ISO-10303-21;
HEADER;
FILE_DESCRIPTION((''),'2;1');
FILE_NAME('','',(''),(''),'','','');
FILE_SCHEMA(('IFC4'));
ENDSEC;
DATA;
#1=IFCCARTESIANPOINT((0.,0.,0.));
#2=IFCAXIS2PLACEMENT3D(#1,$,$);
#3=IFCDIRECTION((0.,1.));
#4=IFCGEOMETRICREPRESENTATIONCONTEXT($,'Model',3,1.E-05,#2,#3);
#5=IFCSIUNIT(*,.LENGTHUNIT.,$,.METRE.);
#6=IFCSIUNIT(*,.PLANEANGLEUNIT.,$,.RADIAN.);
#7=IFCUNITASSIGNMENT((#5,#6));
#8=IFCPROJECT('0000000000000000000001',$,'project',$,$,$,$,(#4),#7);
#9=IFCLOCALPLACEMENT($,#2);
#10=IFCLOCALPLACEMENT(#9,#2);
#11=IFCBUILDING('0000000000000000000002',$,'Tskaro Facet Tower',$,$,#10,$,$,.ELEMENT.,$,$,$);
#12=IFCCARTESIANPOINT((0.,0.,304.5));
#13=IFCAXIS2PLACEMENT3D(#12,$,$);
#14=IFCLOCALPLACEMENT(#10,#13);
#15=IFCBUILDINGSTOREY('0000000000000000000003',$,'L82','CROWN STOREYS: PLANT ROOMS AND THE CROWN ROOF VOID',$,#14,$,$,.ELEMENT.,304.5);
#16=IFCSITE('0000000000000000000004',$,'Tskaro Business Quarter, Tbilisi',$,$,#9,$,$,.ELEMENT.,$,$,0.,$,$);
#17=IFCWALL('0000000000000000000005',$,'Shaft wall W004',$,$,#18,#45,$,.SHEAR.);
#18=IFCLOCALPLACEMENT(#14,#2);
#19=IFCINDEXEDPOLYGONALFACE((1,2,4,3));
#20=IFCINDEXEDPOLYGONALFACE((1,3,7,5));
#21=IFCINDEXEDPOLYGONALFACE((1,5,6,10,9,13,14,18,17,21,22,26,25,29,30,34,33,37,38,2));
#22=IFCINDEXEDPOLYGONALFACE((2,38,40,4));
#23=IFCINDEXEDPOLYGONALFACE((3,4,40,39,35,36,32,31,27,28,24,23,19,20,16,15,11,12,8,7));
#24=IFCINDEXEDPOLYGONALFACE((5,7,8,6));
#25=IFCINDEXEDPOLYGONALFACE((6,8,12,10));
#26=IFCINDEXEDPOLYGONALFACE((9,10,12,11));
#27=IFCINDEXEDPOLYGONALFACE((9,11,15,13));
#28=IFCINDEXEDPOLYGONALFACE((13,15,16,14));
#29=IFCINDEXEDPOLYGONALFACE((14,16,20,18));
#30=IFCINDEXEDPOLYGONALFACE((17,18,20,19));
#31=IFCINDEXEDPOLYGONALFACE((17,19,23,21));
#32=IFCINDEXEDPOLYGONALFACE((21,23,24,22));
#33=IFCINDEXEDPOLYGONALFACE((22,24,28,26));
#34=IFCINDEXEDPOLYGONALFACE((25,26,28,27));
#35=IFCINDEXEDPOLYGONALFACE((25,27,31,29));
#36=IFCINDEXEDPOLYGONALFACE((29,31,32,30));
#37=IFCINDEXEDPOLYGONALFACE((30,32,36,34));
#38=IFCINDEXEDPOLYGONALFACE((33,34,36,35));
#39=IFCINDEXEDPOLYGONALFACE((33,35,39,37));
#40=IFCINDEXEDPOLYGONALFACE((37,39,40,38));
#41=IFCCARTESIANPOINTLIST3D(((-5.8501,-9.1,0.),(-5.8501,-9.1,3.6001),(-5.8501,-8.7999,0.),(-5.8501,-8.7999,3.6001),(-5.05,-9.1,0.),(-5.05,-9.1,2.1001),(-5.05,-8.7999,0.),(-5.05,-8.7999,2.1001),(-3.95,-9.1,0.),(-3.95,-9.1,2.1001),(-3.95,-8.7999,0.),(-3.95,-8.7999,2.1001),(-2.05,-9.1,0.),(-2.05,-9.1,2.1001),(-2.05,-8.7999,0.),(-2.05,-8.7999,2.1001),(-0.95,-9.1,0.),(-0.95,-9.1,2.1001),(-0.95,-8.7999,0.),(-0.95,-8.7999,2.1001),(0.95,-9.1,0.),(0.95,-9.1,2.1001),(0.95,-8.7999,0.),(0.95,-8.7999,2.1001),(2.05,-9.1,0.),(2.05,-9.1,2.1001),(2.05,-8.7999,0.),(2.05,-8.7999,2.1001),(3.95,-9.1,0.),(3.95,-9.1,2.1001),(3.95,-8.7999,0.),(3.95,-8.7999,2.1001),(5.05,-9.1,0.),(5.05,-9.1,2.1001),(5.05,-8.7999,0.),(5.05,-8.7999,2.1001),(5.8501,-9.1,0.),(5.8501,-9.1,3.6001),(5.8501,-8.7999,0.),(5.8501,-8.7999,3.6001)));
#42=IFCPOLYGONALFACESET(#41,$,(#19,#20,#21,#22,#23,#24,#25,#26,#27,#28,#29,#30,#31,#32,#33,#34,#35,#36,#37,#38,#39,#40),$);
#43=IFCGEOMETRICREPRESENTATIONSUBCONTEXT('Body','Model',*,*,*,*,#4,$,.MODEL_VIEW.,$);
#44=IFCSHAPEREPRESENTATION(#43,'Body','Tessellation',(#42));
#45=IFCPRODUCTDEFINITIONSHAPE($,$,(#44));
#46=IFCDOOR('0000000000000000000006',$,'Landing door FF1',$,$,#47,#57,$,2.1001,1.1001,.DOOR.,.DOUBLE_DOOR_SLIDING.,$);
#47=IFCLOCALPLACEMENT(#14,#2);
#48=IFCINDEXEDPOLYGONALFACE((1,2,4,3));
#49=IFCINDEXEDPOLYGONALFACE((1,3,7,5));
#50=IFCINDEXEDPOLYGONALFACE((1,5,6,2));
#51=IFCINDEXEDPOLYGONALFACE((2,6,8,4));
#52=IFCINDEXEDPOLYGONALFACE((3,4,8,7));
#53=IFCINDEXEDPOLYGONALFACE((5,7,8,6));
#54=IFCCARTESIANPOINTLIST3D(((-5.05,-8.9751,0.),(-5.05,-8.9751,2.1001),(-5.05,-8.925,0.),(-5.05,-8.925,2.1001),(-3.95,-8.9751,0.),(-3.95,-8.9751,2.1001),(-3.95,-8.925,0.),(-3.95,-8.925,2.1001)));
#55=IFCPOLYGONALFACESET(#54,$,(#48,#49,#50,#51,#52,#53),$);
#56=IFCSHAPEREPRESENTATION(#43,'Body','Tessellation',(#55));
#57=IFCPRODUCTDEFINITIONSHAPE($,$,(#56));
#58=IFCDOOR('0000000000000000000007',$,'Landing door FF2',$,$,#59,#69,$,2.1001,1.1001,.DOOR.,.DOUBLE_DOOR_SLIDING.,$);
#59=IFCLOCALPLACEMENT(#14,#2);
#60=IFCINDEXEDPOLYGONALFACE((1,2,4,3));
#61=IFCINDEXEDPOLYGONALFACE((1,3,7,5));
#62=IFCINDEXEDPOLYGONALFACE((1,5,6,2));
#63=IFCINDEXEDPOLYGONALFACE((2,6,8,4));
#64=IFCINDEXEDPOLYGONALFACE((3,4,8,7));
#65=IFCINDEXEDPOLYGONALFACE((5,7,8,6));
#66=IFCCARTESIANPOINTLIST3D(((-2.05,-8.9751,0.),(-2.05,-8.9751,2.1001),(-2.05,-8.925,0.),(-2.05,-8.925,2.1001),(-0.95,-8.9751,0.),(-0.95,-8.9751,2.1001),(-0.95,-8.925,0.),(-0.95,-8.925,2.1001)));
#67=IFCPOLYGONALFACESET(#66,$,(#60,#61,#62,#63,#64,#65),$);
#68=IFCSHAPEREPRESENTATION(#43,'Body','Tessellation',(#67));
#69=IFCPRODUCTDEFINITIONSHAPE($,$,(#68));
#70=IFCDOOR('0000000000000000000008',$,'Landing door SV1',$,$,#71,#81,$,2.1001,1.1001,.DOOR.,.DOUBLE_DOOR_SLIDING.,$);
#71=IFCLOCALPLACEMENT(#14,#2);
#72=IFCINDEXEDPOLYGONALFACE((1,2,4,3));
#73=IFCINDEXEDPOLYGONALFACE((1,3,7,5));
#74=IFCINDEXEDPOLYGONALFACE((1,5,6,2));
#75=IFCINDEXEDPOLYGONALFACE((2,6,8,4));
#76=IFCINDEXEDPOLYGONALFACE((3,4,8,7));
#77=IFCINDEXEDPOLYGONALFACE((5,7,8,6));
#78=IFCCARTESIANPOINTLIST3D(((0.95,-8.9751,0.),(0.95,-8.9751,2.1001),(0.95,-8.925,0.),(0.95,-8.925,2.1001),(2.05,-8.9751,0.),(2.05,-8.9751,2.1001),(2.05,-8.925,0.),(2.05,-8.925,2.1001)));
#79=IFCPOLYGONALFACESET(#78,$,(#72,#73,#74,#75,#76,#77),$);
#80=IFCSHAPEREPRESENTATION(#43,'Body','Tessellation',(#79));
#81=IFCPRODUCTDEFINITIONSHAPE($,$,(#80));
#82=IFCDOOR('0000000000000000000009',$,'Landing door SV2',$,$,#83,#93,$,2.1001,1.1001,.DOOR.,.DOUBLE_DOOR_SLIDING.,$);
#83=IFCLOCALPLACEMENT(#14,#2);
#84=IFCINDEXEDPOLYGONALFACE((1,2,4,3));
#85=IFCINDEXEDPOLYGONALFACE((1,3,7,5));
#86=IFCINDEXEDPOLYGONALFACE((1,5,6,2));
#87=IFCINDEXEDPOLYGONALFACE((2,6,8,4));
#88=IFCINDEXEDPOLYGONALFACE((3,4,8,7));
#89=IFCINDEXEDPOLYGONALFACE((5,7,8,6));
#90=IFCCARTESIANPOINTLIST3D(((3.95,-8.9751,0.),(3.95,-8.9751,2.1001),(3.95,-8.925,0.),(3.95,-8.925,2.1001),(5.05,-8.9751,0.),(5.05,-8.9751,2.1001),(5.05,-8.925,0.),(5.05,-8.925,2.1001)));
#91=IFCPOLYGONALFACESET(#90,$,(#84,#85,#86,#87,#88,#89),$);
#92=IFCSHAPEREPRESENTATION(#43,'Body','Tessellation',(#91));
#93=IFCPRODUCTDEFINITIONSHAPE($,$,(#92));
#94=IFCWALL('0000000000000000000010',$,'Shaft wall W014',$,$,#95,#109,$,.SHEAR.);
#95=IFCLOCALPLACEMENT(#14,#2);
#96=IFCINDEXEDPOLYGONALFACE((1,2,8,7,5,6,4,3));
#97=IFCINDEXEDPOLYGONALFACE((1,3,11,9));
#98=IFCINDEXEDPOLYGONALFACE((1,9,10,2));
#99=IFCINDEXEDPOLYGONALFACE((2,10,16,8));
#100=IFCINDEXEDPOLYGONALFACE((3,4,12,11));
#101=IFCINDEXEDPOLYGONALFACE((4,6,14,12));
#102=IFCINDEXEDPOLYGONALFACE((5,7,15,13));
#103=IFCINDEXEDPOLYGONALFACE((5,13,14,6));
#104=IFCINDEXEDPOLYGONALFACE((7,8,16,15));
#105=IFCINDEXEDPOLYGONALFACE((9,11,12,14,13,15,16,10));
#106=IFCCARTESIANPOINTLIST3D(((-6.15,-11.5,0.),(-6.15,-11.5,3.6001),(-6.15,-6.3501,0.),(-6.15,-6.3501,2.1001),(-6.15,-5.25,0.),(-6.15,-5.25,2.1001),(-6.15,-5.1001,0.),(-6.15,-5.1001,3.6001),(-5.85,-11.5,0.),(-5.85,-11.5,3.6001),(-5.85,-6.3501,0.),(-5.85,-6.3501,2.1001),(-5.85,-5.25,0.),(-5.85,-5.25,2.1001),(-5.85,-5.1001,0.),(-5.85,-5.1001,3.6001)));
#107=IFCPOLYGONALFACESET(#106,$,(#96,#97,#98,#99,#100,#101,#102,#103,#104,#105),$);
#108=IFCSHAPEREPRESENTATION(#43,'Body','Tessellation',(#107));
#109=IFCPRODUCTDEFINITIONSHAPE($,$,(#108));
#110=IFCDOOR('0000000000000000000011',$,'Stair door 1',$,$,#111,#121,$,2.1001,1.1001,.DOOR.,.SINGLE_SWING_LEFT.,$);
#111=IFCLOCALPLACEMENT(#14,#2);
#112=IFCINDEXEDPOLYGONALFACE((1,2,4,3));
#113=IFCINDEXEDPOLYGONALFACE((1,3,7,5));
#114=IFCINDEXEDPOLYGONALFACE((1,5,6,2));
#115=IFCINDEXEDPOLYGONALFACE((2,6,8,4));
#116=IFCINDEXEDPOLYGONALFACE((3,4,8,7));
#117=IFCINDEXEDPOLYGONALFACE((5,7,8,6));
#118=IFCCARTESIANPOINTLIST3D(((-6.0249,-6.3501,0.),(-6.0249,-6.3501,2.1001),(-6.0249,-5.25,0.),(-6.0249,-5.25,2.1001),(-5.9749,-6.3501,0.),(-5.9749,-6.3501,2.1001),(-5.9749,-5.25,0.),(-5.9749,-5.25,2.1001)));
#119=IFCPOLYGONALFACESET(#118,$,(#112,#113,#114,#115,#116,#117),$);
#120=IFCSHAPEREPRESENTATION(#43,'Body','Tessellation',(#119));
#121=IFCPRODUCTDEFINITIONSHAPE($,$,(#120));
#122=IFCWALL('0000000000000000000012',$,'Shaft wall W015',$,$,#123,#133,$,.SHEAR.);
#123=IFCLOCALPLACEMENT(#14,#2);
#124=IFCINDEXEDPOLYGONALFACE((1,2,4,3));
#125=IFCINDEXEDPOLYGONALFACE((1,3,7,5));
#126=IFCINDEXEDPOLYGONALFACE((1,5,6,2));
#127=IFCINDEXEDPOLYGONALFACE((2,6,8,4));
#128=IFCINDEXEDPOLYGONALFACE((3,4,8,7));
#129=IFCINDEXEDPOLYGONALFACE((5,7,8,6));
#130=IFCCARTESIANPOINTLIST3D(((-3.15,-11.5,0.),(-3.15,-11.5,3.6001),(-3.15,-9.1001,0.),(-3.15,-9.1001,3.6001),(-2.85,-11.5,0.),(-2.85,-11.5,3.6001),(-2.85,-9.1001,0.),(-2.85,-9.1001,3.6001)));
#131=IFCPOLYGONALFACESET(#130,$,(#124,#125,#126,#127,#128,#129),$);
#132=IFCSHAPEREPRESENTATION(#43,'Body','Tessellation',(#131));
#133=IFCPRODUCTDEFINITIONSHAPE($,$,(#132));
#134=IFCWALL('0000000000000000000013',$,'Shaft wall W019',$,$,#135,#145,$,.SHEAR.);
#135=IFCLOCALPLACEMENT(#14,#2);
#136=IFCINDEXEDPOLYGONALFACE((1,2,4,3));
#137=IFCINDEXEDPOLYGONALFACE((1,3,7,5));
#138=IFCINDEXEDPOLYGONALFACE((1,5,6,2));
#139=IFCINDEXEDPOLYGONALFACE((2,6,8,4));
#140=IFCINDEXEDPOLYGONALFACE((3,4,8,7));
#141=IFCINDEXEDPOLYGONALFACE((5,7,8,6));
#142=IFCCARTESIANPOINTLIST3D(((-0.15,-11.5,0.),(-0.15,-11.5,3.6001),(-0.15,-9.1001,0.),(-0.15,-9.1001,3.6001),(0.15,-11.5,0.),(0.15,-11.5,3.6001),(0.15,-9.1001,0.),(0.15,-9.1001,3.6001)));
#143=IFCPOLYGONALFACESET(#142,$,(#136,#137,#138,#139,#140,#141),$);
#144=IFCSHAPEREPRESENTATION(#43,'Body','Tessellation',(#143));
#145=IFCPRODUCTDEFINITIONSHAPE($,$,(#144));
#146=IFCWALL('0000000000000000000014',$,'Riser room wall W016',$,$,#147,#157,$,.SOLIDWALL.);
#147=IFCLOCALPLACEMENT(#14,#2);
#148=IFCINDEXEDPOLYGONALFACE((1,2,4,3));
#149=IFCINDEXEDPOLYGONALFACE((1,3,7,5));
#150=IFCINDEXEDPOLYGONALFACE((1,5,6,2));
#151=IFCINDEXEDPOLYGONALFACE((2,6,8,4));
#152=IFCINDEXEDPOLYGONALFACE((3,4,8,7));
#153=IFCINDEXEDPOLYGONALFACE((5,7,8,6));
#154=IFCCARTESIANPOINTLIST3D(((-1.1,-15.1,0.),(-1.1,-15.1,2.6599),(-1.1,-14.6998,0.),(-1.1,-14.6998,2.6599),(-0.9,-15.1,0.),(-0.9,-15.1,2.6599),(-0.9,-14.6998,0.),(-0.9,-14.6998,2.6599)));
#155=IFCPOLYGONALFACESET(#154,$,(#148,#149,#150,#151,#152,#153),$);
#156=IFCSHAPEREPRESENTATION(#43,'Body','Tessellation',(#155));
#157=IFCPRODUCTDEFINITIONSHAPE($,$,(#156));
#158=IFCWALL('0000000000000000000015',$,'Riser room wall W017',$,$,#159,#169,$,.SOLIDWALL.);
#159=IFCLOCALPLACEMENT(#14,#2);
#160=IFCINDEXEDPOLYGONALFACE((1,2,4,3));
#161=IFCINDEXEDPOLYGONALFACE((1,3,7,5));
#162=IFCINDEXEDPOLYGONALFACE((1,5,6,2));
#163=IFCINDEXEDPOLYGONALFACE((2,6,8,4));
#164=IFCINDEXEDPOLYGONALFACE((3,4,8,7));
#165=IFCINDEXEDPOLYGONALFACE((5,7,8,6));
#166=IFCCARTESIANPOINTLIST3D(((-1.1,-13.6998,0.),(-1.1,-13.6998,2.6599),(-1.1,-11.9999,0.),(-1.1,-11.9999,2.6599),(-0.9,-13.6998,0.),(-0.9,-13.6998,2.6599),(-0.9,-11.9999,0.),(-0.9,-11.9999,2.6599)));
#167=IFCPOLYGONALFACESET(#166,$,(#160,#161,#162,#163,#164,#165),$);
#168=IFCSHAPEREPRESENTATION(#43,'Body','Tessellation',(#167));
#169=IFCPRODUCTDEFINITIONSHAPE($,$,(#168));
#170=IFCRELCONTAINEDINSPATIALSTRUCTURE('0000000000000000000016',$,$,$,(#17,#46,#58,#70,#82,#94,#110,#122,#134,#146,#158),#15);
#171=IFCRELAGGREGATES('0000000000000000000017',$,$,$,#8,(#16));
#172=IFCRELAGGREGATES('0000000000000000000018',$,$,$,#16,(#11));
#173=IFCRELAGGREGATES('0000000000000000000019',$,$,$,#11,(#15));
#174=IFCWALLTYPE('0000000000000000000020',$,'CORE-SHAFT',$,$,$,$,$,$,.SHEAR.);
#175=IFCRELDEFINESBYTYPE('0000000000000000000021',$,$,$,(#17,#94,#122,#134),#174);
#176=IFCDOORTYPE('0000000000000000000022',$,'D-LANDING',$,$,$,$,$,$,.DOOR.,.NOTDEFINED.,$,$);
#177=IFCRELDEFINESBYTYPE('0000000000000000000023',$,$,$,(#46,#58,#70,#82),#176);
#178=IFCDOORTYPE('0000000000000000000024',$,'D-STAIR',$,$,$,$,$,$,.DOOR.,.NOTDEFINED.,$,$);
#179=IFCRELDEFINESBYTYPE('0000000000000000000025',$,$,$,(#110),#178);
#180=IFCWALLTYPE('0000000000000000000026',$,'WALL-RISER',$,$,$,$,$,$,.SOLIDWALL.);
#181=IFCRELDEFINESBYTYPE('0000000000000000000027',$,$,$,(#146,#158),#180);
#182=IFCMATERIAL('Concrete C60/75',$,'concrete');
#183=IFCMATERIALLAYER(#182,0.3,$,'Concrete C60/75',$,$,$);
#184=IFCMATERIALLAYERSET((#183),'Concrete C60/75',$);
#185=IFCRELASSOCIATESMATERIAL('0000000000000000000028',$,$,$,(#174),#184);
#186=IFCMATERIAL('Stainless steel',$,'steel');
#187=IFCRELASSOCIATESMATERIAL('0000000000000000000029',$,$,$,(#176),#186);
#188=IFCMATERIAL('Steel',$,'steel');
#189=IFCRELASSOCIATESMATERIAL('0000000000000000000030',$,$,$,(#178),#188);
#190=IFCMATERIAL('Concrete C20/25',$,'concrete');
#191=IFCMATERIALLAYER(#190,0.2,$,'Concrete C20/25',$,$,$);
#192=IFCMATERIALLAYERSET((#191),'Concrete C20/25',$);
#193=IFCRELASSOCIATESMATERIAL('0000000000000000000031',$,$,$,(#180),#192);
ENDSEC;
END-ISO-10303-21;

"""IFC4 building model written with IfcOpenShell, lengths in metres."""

from ifc_helpers import new_model, si_unit, direction, frame, frame_2d, origin, place, context, subcontext, project, spatial, rectangle, extrude, material, layer, layer_set, type_object, element, fill, save


model = new_model("IFC4")

# Units and contexts
model_context = context("Model", 3, precision=1e-05, world=origin(), true_north=direction((0.0, 1.0)))
body_context = subcontext(model_context, "Body", "Model", "MODEL_VIEW")
ifc_project = project(units=[si_unit("LENGTHUNIT", "METRE"), si_unit("PLANEANGLEUNIT", "RADIAN")], contexts=[model_context])

# Site, building, storey
site_placement = place(None, origin())
site = spatial("IfcSite", under=ifc_project, at=site_placement, Name="Tskaro Business Quarter, Tbilisi", CompositionType="ELEMENT", RefElevation=0.0)
building_placement = place(site_placement, origin())
building = spatial("IfcBuilding", under=site, at=building_placement, Name="Tskaro Facet Tower", CompositionType="ELEMENT")
storey_placement = place(building_placement, frame((0.0, 0.0, 304.5)))
storey = spatial("IfcBuildingStorey", under=building, at=storey_placement, Name="L82", Description="CROWN STOREYS: PLANT ROOMS AND THE CROWN ROOF VOID", CompositionType="ELEMENT", Elevation=304.5)

# Wall, openings, doors
ifc_material_1 = material(Name="Concrete C60/75", Category="concrete")
ifc_layer_1 = layer(ifc_material_1, 0.3, Name="Concrete C60/75")
ifc_layer_set_1 = layer_set([ifc_layer_1], Name="Concrete C60/75")
wall_type_1 = type_object("IfcWallType", Name="CORE-SHAFT", PredefinedType="SHEAR", material=ifc_layer_set_1)
wall_1_placement = place(storey_placement, frame((-5.8501, -8.95, 0.0), z_axis=(0.0, 0.0, 1.0), x_axis=(1.0, 0.0, 0.0)))
wall_1 = element("IfcWall", 1, at=wall_1_placement, inside=storey, type_object=wall_type_1, Name="Shaft wall W004", PredefinedType="SHEAR", context=body_context, shape_type="SweptSolid", body=[
    extrude(rectangle(XDim=11.7002, YDim=0.3, at=frame_2d((5.8501, 0.0))), origin(), (0.0, 0.0, 1.0), 3.6001),
])
opening_1_placement = place(wall_1_placement, frame((0.8, 0.0, 0.0)))
opening_1 = element("IfcOpeningElement", 2, at=opening_1_placement, cuts=wall_1, PredefinedType="OPENING", context=body_context, shape_type="SweptSolid", body=[
    extrude(rectangle(XDim=1.1001, YDim=2.1001, at=frame_2d((0.55, 1.05))), frame((0.0, 0.1599, 0.0), z_axis=(0.0, -1.0, 0.0), x_axis=(1.0, 0.0, 0.0)), (0.0, 0.0, 1.0), 0.3201),
])
opening_2_placement = place(wall_1_placement, frame((3.8, 0.0, 0.0)))
opening_2 = element("IfcOpeningElement", 3, at=opening_2_placement, cuts=wall_1, PredefinedType="OPENING", context=body_context, shape_type="SweptSolid", body=[
    extrude(rectangle(XDim=1.1001, YDim=2.1001, at=frame_2d((0.55, 1.05))), frame((0.0, 0.1599, 0.0), z_axis=(0.0, -1.0, 0.0), x_axis=(1.0, 0.0, 0.0)), (0.0, 0.0, 1.0), 0.3201),
])
opening_3_placement = place(wall_1_placement, frame((6.8, 0.0, 0.0)))
opening_3 = element("IfcOpeningElement", 4, at=opening_3_placement, cuts=wall_1, PredefinedType="OPENING", context=body_context, shape_type="SweptSolid", body=[
    extrude(rectangle(XDim=1.1001, YDim=2.1001, at=frame_2d((0.55, 1.05))), frame((0.0, 0.1599, 0.0), z_axis=(0.0, -1.0, 0.0), x_axis=(1.0, 0.0, 0.0)), (0.0, 0.0, 1.0), 0.3201),
])
opening_4_placement = place(wall_1_placement, frame((9.8, 0.0, 0.0)))
opening_4 = element("IfcOpeningElement", 5, at=opening_4_placement, cuts=wall_1, PredefinedType="OPENING", context=body_context, shape_type="SweptSolid", body=[
    extrude(rectangle(XDim=1.1001, YDim=2.1001, at=frame_2d((0.55, 1.05))), frame((0.0, 0.1599, 0.0), z_axis=(0.0, -1.0, 0.0), x_axis=(1.0, 0.0, 0.0)), (0.0, 0.0, 1.0), 0.3201),
])
ifc_material_2 = material(Name="Stainless steel", Category="steel")
door_type_1 = type_object("IfcDoorType", Name="D-LANDING", OperationType="NOTDEFINED", PredefinedType="DOOR", material=ifc_material_2)
door_1_placement = place(opening_1_placement, origin())
door_1 = element("IfcDoor", 6, at=door_1_placement, inside=storey, type_object=door_type_1, Name="Landing door FF1", OperationType="DOUBLE_DOOR_SLIDING", OverallHeight=2.1001, OverallWidth=1.1001, PredefinedType="DOOR", context=body_context, shape_type="SweptSolid", body=[
    extrude(rectangle(XDim=1.1001, YDim=2.1001, at=frame_2d((0.55, 1.05))), frame((0.0, 0.0249, 0.0), z_axis=(0.0, -1.0, 0.0), x_axis=(1.0, 0.0, 0.0)), (0.0, 0.0, 1.0), 0.05),
])
fill(opening_1, door_1)
door_2_placement = place(opening_2_placement, origin())
door_2 = element("IfcDoor", 7, at=door_2_placement, inside=storey, type_object=door_type_1, Name="Landing door FF2", OperationType="DOUBLE_DOOR_SLIDING", OverallHeight=2.1001, OverallWidth=1.1001, PredefinedType="DOOR", context=body_context, shape_type="SweptSolid", body=[
    extrude(rectangle(XDim=1.1001, YDim=2.1001, at=frame_2d((0.55, 1.05))), frame((0.0, 0.0249, 0.0), z_axis=(0.0, -1.0, 0.0), x_axis=(1.0, 0.0, 0.0)), (0.0, 0.0, 1.0), 0.05),
])
fill(opening_2, door_2)
door_3_placement = place(opening_3_placement, origin())
door_3 = element("IfcDoor", 8, at=door_3_placement, inside=storey, type_object=door_type_1, Name="Landing door SV1", OperationType="DOUBLE_DOOR_SLIDING", OverallHeight=2.1001, OverallWidth=1.1001, PredefinedType="DOOR", context=body_context, shape_type="SweptSolid", body=[
    extrude(rectangle(XDim=1.1001, YDim=2.1001, at=frame_2d((0.55, 1.05))), frame((0.0, 0.0249, 0.0), z_axis=(0.0, -1.0, 0.0), x_axis=(1.0, 0.0, 0.0)), (0.0, 0.0, 1.0), 0.05),
])
fill(opening_3, door_3)
door_4_placement = place(opening_4_placement, origin())
door_4 = element("IfcDoor", 9, at=door_4_placement, inside=storey, type_object=door_type_1, Name="Landing door SV2", OperationType="DOUBLE_DOOR_SLIDING", OverallHeight=2.1001, OverallWidth=1.1001, PredefinedType="DOOR", context=body_context, shape_type="SweptSolid", body=[
    extrude(rectangle(XDim=1.1001, YDim=2.1001, at=frame_2d((0.55, 1.05))), frame((0.0, 0.0249, 0.0), z_axis=(0.0, -1.0, 0.0), x_axis=(1.0, 0.0, 0.0)), (0.0, 0.0, 1.0), 0.05),
])
fill(opening_4, door_4)

# Wall, opening, door
wall_2_placement = place(storey_placement, frame((-6.0, -11.5, 0.0), z_axis=(0.0, 0.0, 1.0), x_axis=(0.0, 1.0, 0.0)))
wall_2 = element("IfcWall", 10, at=wall_2_placement, inside=storey, type_object=wall_type_1, Name="Shaft wall W014", PredefinedType="SHEAR", context=body_context, shape_type="SweptSolid", body=[
    extrude(rectangle(XDim=6.3999, YDim=0.3, at=frame_2d((3.2, 0.0))), origin(), (0.0, 0.0, 1.0), 3.6001),
])
opening_5_placement = place(wall_2_placement, frame((5.1499, 0.0, 0.0)))
opening_5 = element("IfcOpeningElement", 11, at=opening_5_placement, cuts=wall_2, PredefinedType="OPENING", context=body_context, shape_type="SweptSolid", body=[
    extrude(rectangle(XDim=1.1001, YDim=2.1001, at=frame_2d((0.55, 1.05))), frame((0.0, 0.1599, 0.0), z_axis=(0.0, -1.0, 0.0), x_axis=(1.0, 0.0, 0.0)), (0.0, 0.0, 1.0), 0.3201),
])
ifc_material_3 = material(Name="Steel", Category="steel")
door_type_2 = type_object("IfcDoorType", Name="D-STAIR", OperationType="NOTDEFINED", PredefinedType="DOOR", material=ifc_material_3)
door_5_placement = place(opening_5_placement, origin())
door_5 = element("IfcDoor", 12, at=door_5_placement, inside=storey, type_object=door_type_2, Name="Stair door 1", OperationType="SINGLE_SWING_LEFT", OverallHeight=2.1001, OverallWidth=1.1001, PredefinedType="DOOR", context=body_context, shape_type="SweptSolid", body=[
    extrude(rectangle(XDim=1.1001, YDim=2.1001, at=frame_2d((0.55, 1.05))), frame((0.0, 0.0249, 0.0), z_axis=(0.0, -1.0, 0.0), x_axis=(1.0, 0.0, 0.0)), (0.0, 0.0, 1.0), 0.05),
])
fill(opening_5, door_5)

# Walls
for number, where, z_axis, x_axis, name in (
    (13, (-3.0, -11.5, 0.0), (0.0, 0.0, 1.0), (0.0, 1.0, 0.0), "Shaft wall W015"),
    (14, (0.0, -11.5, 0.0), (0.0, 0.0, 1.0), (0.0, 1.0, 0.0), "Shaft wall W019"),
):
    element("IfcWall", number, at=place(storey_placement, frame(where, z_axis=z_axis, x_axis=x_axis)), inside=storey, type_object=wall_type_1, Name=name, PredefinedType="SHEAR", context=body_context, shape_type="SweptSolid", body=[
        extrude(rectangle(XDim=2.3999, YDim=0.3, at=frame_2d((1.2, 0.0))), origin(), (0.0, 0.0, 1.0), 3.6001),
    ])
ifc_material_4 = material(Name="Concrete C20/25", Category="concrete")
ifc_layer_2 = layer(ifc_material_4, 0.2, Name="Concrete C20/25")
ifc_layer_set_2 = layer_set([ifc_layer_2], Name="Concrete C20/25")
wall_type_2 = type_object("IfcWallType", Name="WALL-RISER", PredefinedType="SOLIDWALL", material=ifc_layer_set_2)
wall_3_placement = place(storey_placement, frame((-1.0, -15.1001, 0.0), z_axis=(0.0, 0.0, 1.0), x_axis=(0.0, 1.0, 0.0)))
element("IfcWall", 15, at=wall_3_placement, inside=storey, type_object=wall_type_2, Name="Riser room wall W016", PredefinedType="SOLIDWALL", context=body_context, shape_type="SweptSolid", body=[
    extrude(rectangle(XDim=0.4001, YDim=0.2, at=frame_2d((0.2002, 0.0))), origin(), (0.0, 0.0, 1.0), 2.6599),
])
wall_4_placement = place(storey_placement, frame((-1.0, -13.7, 0.0), z_axis=(0.0, 0.0, 1.0), x_axis=(0.0, 1.0, 0.0)))
element("IfcWall", 16, at=wall_4_placement, inside=storey, type_object=wall_type_2, Name="Riser room wall W017", PredefinedType="SOLIDWALL", context=body_context, shape_type="SweptSolid", body=[
    extrude(rectangle(XDim=1.7, YDim=0.2, at=frame_2d((0.8501, 0.0))), origin(), (0.0, 0.0, 1.0), 2.6599),
])

save(model, "model.ifc")
